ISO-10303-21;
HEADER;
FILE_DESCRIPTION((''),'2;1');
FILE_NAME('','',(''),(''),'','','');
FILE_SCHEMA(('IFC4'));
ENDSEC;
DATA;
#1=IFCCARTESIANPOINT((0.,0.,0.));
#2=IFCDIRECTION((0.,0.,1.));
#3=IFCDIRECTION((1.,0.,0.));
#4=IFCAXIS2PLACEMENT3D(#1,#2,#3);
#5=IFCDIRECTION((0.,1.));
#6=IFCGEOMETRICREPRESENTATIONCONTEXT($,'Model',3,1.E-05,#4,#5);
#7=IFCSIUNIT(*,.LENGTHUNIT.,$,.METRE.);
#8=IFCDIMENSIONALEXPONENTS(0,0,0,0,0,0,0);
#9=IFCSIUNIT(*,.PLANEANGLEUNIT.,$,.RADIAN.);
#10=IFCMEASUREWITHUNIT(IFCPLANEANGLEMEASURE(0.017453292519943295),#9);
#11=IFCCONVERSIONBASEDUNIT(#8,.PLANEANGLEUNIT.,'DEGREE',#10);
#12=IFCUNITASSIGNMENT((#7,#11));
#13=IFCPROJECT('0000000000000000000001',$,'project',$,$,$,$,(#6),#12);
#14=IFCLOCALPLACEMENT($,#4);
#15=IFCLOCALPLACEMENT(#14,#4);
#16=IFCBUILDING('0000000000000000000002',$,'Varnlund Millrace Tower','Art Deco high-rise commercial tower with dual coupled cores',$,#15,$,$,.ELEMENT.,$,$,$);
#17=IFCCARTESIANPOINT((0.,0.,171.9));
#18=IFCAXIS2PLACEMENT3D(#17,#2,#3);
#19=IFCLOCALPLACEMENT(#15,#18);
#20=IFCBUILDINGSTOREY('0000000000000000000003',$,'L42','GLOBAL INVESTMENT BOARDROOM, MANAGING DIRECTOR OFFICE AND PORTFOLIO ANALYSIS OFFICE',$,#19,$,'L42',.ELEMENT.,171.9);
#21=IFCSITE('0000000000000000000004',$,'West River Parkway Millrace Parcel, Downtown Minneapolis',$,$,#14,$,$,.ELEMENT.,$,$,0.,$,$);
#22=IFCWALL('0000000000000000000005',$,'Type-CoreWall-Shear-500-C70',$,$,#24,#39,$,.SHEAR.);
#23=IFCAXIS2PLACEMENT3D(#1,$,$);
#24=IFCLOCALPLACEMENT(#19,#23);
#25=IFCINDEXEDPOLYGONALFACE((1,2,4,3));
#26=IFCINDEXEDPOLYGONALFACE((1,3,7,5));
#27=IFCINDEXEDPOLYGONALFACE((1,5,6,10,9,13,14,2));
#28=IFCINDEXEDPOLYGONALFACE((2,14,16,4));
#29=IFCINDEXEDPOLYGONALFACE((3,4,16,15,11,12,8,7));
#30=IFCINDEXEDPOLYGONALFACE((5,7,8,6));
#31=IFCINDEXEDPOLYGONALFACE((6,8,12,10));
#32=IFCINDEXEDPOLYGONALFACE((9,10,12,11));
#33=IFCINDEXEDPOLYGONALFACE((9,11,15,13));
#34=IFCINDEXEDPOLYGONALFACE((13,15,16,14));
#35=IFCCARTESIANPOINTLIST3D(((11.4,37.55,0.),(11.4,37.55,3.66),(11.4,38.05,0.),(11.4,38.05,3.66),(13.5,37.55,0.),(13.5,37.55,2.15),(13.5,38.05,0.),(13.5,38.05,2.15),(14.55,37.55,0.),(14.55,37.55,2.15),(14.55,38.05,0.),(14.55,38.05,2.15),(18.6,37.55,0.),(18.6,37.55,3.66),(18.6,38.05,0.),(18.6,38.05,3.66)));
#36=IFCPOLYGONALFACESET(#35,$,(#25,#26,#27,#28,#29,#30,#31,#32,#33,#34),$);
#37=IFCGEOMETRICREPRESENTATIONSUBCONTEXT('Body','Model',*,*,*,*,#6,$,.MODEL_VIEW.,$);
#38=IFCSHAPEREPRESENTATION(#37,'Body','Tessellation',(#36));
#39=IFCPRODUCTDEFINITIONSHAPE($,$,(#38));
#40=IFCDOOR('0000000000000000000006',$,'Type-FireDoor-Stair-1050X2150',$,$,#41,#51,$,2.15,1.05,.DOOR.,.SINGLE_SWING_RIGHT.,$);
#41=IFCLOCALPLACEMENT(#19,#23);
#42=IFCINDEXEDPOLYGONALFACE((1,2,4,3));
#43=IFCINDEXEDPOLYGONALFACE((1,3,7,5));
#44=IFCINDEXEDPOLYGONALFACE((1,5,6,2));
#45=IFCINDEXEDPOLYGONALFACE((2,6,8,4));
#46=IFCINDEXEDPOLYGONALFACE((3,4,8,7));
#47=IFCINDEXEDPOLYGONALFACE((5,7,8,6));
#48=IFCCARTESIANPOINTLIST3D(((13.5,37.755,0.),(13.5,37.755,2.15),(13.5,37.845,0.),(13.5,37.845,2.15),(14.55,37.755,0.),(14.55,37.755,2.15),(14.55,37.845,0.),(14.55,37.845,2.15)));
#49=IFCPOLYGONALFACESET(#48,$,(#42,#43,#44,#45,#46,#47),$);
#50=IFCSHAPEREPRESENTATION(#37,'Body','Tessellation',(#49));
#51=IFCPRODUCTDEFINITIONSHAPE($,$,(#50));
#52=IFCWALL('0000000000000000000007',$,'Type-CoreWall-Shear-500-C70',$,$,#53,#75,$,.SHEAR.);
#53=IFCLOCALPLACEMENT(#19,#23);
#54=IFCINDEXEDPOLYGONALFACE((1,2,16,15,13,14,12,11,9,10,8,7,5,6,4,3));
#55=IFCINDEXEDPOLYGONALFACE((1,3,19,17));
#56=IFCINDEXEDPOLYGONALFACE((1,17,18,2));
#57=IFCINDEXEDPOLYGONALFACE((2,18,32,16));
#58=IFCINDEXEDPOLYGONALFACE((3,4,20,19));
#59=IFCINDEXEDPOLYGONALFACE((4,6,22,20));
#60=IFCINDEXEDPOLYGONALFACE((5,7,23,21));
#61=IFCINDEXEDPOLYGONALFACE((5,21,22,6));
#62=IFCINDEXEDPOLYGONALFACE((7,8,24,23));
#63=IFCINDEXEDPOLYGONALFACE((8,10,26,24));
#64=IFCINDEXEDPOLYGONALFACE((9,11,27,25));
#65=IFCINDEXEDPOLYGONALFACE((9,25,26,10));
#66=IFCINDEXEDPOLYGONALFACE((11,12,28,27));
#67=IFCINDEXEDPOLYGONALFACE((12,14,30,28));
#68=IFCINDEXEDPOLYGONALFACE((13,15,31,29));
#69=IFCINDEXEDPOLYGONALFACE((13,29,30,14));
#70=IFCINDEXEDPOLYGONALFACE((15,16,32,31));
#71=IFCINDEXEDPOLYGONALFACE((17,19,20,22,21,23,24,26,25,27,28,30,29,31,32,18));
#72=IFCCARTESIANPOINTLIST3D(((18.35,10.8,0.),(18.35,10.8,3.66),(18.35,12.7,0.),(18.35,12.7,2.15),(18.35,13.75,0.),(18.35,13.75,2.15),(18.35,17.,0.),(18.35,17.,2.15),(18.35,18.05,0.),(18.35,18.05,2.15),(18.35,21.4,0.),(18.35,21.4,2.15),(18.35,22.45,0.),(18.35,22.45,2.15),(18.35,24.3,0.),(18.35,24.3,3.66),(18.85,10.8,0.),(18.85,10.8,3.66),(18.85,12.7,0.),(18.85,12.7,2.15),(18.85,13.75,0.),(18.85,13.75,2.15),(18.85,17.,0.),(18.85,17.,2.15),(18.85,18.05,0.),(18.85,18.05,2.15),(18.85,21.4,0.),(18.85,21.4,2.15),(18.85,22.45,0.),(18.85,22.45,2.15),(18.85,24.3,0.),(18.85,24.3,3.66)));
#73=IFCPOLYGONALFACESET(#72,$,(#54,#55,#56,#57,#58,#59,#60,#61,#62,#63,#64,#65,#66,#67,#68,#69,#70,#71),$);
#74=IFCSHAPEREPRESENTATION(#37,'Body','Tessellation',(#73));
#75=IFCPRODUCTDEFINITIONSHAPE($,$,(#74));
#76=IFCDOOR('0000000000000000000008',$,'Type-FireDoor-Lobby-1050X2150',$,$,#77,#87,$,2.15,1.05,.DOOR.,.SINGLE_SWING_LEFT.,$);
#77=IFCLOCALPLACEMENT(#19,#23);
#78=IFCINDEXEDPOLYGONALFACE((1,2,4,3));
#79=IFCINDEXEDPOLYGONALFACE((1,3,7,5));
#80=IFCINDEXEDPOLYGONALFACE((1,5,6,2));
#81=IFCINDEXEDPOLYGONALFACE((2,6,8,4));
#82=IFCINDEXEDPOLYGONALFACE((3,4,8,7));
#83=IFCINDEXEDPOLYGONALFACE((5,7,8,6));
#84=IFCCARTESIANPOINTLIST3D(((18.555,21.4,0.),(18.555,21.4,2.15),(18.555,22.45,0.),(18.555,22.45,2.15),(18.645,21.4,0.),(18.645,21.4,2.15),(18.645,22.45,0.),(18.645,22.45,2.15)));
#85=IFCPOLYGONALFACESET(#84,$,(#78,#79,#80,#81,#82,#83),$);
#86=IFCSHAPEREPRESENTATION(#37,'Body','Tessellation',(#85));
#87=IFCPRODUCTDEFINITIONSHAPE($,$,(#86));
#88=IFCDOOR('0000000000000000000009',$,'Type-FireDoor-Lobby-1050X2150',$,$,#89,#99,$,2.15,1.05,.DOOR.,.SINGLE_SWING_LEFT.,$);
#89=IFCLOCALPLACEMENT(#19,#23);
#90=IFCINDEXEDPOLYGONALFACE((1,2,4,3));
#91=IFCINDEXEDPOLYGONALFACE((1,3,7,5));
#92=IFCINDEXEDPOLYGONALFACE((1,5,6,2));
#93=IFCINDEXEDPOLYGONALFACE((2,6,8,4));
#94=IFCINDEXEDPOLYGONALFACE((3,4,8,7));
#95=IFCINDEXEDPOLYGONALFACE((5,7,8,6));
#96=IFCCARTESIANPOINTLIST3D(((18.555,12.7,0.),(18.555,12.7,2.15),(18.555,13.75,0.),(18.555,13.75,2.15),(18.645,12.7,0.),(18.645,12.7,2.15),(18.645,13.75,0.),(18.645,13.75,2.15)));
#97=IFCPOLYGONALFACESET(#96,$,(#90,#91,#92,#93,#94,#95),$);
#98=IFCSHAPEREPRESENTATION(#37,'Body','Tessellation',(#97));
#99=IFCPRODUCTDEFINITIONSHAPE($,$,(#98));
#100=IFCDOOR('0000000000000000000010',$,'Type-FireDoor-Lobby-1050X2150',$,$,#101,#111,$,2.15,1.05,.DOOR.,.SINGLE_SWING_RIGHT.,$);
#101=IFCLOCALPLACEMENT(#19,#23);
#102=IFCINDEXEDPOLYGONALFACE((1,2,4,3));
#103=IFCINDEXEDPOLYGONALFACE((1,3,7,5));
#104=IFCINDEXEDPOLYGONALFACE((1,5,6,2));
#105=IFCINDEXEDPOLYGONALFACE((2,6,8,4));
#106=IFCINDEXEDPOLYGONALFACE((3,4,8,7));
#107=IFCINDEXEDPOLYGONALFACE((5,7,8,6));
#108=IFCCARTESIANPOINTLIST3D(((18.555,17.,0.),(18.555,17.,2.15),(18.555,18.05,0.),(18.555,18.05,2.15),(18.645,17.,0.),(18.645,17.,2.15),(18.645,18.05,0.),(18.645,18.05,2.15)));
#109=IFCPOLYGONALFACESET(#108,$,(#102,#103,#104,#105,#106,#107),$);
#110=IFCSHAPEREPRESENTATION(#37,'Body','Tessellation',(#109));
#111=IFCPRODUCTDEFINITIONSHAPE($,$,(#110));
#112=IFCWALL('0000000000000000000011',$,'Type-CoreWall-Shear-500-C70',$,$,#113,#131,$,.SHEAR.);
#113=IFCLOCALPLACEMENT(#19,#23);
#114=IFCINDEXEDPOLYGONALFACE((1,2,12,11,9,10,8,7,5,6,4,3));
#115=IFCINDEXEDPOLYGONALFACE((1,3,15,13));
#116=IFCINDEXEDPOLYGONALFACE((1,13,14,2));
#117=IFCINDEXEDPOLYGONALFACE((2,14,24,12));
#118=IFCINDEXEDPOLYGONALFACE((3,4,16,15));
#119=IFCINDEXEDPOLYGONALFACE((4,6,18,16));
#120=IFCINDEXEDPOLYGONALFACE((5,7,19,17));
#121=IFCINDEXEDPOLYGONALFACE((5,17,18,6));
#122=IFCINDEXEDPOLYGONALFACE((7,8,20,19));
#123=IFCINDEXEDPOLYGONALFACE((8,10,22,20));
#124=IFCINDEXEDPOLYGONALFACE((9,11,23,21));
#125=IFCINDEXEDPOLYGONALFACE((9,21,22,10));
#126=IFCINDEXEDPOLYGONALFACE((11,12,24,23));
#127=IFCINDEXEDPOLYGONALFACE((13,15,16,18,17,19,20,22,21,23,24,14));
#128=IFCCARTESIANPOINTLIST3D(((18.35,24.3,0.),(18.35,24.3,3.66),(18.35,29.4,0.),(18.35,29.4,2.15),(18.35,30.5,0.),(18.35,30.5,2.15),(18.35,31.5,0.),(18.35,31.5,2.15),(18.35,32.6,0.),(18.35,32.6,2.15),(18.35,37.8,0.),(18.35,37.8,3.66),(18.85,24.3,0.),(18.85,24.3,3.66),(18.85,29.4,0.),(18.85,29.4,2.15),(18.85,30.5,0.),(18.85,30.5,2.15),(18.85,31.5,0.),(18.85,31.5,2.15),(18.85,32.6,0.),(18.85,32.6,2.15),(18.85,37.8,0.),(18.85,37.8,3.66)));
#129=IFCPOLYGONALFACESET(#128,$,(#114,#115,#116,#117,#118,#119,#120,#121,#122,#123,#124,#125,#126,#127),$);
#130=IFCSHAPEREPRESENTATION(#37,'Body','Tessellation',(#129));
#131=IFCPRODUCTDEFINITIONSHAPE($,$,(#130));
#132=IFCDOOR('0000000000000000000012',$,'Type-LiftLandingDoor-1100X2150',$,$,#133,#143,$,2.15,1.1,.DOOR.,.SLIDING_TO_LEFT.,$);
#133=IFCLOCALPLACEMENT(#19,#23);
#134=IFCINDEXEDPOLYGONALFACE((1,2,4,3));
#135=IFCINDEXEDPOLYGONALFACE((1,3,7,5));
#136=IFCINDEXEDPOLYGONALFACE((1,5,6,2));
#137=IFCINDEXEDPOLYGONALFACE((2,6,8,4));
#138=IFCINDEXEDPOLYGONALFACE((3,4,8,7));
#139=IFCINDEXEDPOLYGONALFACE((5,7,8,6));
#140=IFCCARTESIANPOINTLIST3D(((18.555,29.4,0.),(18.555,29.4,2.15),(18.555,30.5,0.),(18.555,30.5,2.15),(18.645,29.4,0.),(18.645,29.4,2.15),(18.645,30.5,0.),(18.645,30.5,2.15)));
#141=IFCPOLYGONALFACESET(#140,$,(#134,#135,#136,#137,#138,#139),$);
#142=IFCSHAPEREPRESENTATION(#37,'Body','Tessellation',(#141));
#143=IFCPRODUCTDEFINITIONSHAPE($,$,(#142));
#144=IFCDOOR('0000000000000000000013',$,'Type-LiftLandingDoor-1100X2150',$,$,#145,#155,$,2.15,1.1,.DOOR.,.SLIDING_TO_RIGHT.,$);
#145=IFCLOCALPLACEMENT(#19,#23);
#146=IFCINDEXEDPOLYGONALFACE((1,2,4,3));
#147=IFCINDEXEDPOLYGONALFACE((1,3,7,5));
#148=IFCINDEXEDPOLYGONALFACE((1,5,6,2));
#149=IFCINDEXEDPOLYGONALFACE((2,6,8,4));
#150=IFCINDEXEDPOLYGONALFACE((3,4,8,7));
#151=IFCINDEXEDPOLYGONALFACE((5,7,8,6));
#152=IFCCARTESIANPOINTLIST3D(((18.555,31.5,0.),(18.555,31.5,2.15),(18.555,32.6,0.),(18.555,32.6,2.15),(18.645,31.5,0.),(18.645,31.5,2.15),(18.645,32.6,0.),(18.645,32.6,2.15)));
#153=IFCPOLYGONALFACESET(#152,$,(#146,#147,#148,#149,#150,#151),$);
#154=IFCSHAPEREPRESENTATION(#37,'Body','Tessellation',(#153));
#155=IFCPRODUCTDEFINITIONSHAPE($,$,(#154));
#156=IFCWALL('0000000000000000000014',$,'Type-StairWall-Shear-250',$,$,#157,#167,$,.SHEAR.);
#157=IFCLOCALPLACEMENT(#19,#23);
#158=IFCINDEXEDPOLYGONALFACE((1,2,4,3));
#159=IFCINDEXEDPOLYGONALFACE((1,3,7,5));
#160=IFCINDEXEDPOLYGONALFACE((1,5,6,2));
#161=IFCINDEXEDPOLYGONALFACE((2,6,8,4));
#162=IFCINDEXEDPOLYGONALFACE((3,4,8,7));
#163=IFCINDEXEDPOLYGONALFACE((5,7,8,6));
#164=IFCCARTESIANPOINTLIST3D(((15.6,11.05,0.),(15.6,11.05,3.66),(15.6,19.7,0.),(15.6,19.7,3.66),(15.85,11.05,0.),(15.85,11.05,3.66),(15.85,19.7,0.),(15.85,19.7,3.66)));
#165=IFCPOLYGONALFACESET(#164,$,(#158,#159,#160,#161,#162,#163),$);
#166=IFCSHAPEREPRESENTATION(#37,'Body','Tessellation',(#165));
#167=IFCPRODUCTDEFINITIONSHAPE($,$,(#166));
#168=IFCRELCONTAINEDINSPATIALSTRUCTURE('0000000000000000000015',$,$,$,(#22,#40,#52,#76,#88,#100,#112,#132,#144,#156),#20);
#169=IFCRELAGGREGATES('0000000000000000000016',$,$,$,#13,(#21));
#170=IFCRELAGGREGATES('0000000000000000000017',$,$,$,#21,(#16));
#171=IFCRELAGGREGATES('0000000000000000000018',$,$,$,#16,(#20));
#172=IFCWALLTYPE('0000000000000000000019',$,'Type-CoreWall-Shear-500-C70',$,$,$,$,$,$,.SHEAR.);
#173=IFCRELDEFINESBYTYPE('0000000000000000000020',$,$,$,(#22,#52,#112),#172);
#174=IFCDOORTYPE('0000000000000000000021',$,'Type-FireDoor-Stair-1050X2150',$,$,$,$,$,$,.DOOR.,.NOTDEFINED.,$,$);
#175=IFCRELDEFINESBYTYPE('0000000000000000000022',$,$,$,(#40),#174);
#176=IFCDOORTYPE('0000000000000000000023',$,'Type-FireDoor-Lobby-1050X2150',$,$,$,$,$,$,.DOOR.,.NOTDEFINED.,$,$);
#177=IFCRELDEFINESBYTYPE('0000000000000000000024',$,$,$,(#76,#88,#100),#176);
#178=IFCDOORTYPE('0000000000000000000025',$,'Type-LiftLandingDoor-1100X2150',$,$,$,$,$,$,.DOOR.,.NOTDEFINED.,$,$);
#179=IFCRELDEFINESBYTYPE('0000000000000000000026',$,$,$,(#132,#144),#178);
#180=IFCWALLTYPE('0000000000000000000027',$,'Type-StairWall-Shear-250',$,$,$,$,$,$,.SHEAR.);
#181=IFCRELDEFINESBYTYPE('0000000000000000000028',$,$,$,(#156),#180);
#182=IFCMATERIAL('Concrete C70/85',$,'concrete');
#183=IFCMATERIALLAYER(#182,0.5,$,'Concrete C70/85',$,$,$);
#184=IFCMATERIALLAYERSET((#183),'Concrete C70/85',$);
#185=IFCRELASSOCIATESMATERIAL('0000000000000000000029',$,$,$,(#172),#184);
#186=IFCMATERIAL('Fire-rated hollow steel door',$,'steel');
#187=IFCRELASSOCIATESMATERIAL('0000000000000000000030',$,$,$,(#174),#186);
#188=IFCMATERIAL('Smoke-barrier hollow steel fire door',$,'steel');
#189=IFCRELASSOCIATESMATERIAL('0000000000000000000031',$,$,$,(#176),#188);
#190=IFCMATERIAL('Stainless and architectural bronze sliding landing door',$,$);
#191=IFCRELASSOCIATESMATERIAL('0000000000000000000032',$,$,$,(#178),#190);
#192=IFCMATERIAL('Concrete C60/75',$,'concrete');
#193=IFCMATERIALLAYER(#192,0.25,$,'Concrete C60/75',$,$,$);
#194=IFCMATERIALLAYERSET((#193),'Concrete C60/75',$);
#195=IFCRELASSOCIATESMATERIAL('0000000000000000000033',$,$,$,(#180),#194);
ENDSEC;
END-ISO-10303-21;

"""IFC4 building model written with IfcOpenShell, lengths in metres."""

from ifc_helpers import new_model, entity, si_unit, converted_unit, direction, frame, origin_with_axes, origin_2d_with_axis, place, context, subcontext, project, spatial, polyline, rectangle, outline, extrude, material, layer, layer_set, type_object, element, fill, save


model = new_model("IFC4")

# Units and contexts
model_context = context("Model", 3, precision=1e-05, world=origin_with_axes(), true_north=direction((0.0, 1.0)))
body_context = subcontext(model_context, "Body", "Model", "MODEL_VIEW")
ifc_project = project(units=[si_unit("LENGTHUNIT", "METRE"), converted_unit("PLANEANGLEUNIT", "DEGREE", entity("IfcPlaneAngleMeasure", 0.017453292519943295), si_unit("PLANEANGLEUNIT", "RADIAN"), dimensions=[0, 0, 0, 0, 0, 0, 0])], contexts=[model_context])

# Site, building, storey
site_placement = place(None, origin_with_axes())
site = spatial("IfcSite", under=ifc_project, at=site_placement, Name="West River Parkway Millrace Parcel, Downtown Minneapolis", CompositionType="ELEMENT", RefElevation=0.0)
building_placement = place(site_placement, origin_with_axes())
building = spatial("IfcBuilding", under=site, at=building_placement, Name="Varnlund Millrace Tower", Description="Art Deco high-rise commercial tower with dual coupled cores", CompositionType="ELEMENT")
storey_placement = place(building_placement, frame((0.0, 0.0, 171.9), z_axis=(0.0, 0.0, 1.0), x_axis=(1.0, 0.0, 0.0)))
storey = spatial("IfcBuildingStorey", under=building, at=storey_placement, Name="L42", Description="GLOBAL INVESTMENT BOARDROOM, MANAGING DIRECTOR OFFICE AND PORTFOLIO ANALYSIS OFFICE", LongName="L42", CompositionType="ELEMENT", Elevation=171.9)

# Shared definitions
ifc_material_1 = material(Name="Concrete C60/75", Category="concrete")

# Shared definitions
ifc_material_2 = material(Name="Concrete C70/85", Category="concrete")
ifc_layer_1 = layer(ifc_material_2, 0.5, Name="Concrete C70/85")
ifc_layer_set_1 = layer_set([ifc_layer_1], Name="Concrete C70/85")
wall_type_1 = type_object("IfcWallType", Name="Type-CoreWall-Shear-500-C70", PredefinedType="SHEAR", material=ifc_layer_set_1)

# Wall, opening, door
ifc_material_3 = material(Name="Fire-rated hollow steel door", Category="steel")
door_type_1 = type_object("IfcDoorType", Name="Type-FireDoor-Stair-1050X2150", OperationType="NOTDEFINED", PredefinedType="DOOR", material=ifc_material_3)
wall_1_placement = place(storey_placement, frame((11.4, 37.8, 0.0), z_axis=(0.0, 0.0, 1.0), x_axis=(1.0, 0.0, 0.0)))
wall_1 = element("IfcWall", 1, at=wall_1_placement, inside=storey, type_object=wall_type_1, Name="Type-CoreWall-Shear-500-C70", PredefinedType="SHEAR", context=body_context, shape_type="SweptSolid", body=[
    extrude(outline(polyline([(0.0, -0.25), (7.2, -0.25), (7.2, 0.25), (0.0, 0.25), (0.0, -0.25)])), origin_with_axes(), (0.0, 0.0, 1.0), 3.66),
])
opening_1_placement = place(wall_1_placement, frame((2.625, 0.0, 0.0), z_axis=(0.0, 0.0, 1.0), x_axis=(1.0, 0.0, 0.0)))
opening_1 = element("IfcOpeningElement", 2, at=opening_1_placement, cuts=wall_1, PredefinedType="OPENING", context=body_context, shape_type="SweptSolid", body=[
    extrude(rectangle(XDim=1.05, YDim=0.52, at=origin_2d_with_axis()), origin_with_axes(), (0.0, 0.0, 1.0), 2.15),
])
door_1_placement = place(wall_1_placement, frame((2.625, 0.0, 0.0), z_axis=(0.0, 0.0, 1.0), x_axis=(1.0, 0.0, 0.0)))
door_1 = element("IfcDoor", 3, at=door_1_placement, inside=storey, type_object=door_type_1, Name="Type-FireDoor-Stair-1050X2150", OperationType="SINGLE_SWING_RIGHT", OverallHeight=2.15, OverallWidth=1.05, PredefinedType="DOOR", context=body_context, shape_type="SweptSolid", body=[
    extrude(rectangle(XDim=1.05, YDim=0.09, at=origin_2d_with_axis()), origin_with_axes(), (0.0, 0.0, 1.0), 2.15),
])
fill(opening_1, door_1)

# Walls, openings, doors
wall_2_placement = place(storey_placement, frame((18.6, 10.8, 0.0), z_axis=(0.0, 0.0, 1.0), x_axis=(0.0, 1.0, 0.0)))
wall_2 = element("IfcWall", 4, at=wall_2_placement, inside=storey, type_object=wall_type_1, Name="Type-CoreWall-Shear-500-C70", PredefinedType="SHEAR", context=body_context, shape_type="SweptSolid", body=[
    extrude(outline(polyline([(0.0, -0.25), (13.5, -0.25), (13.5, 0.25), (0.0, 0.25), (0.0, -0.25)])), origin_with_axes(), (0.0, 0.0, 1.0), 3.66),
])
opening_2_placement = place(wall_2_placement, frame((11.125, 0.0, 0.0), z_axis=(0.0, 0.0, 1.0), x_axis=(1.0, 0.0, 0.0)))
opening_2 = element("IfcOpeningElement", 5, at=opening_2_placement, cuts=wall_2, PredefinedType="OPENING", context=body_context, shape_type="SweptSolid", body=[
    extrude(rectangle(XDim=1.05, YDim=0.52, at=origin_2d_with_axis()), origin_with_axes(), (0.0, 0.0, 1.0), 2.15),
])
opening_3_placement = place(wall_2_placement, frame((2.425, 0.0, 0.0), z_axis=(0.0, 0.0, 1.0), x_axis=(1.0, 0.0, 0.0)))
opening_3 = element("IfcOpeningElement", 6, at=opening_3_placement, cuts=wall_2, PredefinedType="OPENING", context=body_context, shape_type="SweptSolid", body=[
    extrude(rectangle(XDim=1.05, YDim=0.52, at=origin_2d_with_axis()), origin_with_axes(), (0.0, 0.0, 1.0), 2.15),
])
opening_4_placement = place(wall_2_placement, frame((6.725, 0.0, 0.0), z_axis=(0.0, 0.0, 1.0), x_axis=(1.0, 0.0, 0.0)))
opening_4 = element("IfcOpeningElement", 7, at=opening_4_placement, cuts=wall_2, PredefinedType="OPENING", context=body_context, shape_type="SweptSolid", body=[
    extrude(rectangle(XDim=1.05, YDim=0.52, at=origin_2d_with_axis()), origin_with_axes(), (0.0, 0.0, 1.0), 2.15),
])
ifc_material_4 = material(Name="Smoke-barrier hollow steel fire door", Category="steel")
door_type_2 = type_object("IfcDoorType", Name="Type-FireDoor-Lobby-1050X2150", OperationType="NOTDEFINED", PredefinedType="DOOR", material=ifc_material_4)
door_2_placement = place(wall_2_placement, frame((11.125, 0.0, 0.0), z_axis=(0.0, 0.0, 1.0), x_axis=(1.0, 0.0, 0.0)))
door_2 = element("IfcDoor", 8, at=door_2_placement, inside=storey, type_object=door_type_2, Name="Type-FireDoor-Lobby-1050X2150", OperationType="SINGLE_SWING_LEFT", OverallHeight=2.15, OverallWidth=1.05, PredefinedType="DOOR", context=body_context, shape_type="SweptSolid", body=[
    extrude(rectangle(XDim=1.05, YDim=0.09, at=origin_2d_with_axis()), origin_with_axes(), (0.0, 0.0, 1.0), 2.15),
])
fill(opening_2, door_2)
door_3_placement = place(wall_2_placement, frame((2.425, 0.0, 0.0), z_axis=(0.0, 0.0, 1.0), x_axis=(1.0, 0.0, 0.0)))
door_3 = element("IfcDoor", 9, at=door_3_placement, inside=storey, type_object=door_type_2, Name="Type-FireDoor-Lobby-1050X2150", OperationType="SINGLE_SWING_LEFT", OverallHeight=2.15, OverallWidth=1.05, PredefinedType="DOOR", context=body_context, shape_type="SweptSolid", body=[
    extrude(rectangle(XDim=1.05, YDim=0.09, at=origin_2d_with_axis()), origin_with_axes(), (0.0, 0.0, 1.0), 2.15),
])
fill(opening_3, door_3)
door_4_placement = place(wall_2_placement, frame((6.725, 0.0, 0.0), z_axis=(0.0, 0.0, 1.0), x_axis=(1.0, 0.0, 0.0)))
door_4 = element("IfcDoor", 10, at=door_4_placement, inside=storey, type_object=door_type_2, Name="Type-FireDoor-Lobby-1050X2150", OperationType="SINGLE_SWING_RIGHT", OverallHeight=2.15, OverallWidth=1.05, PredefinedType="DOOR", context=body_context, shape_type="SweptSolid", body=[
    extrude(rectangle(XDim=1.05, YDim=0.09, at=origin_2d_with_axis()), origin_with_axes(), (0.0, 0.0, 1.0), 2.15),
])
fill(opening_4, door_4)
wall_3_placement = place(storey_placement, frame((18.6, 24.3, 0.0), z_axis=(0.0, 0.0, 1.0), x_axis=(0.0, 1.0, 0.0)))
wall_3 = element("IfcWall", 11, at=wall_3_placement, inside=storey, type_object=wall_type_1, Name="Type-CoreWall-Shear-500-C70", PredefinedType="SHEAR", context=body_context, shape_type="SweptSolid", body=[
    extrude(outline(polyline([(0.0, -0.25), (13.5, -0.25), (13.5, 0.25), (0.0, 0.25), (0.0, -0.25)])), origin_with_axes(), (0.0, 0.0, 1.0), 3.66),
])
opening_5_placement = place(wall_3_placement, frame((5.65, 0.0, 0.0), z_axis=(0.0, 0.0, 1.0), x_axis=(1.0, 0.0, 0.0)))
opening_5 = element("IfcOpeningElement", 12, at=opening_5_placement, cuts=wall_3, PredefinedType="OPENING", context=body_context, shape_type="SweptSolid", body=[
    extrude(rectangle(XDim=1.1, YDim=0.52, at=origin_2d_with_axis()), origin_with_axes(), (0.0, 0.0, 1.0), 2.15),
])
opening_6_placement = place(wall_3_placement, frame((7.75, 0.0, 0.0), z_axis=(0.0, 0.0, 1.0), x_axis=(1.0, 0.0, 0.0)))
opening_6 = element("IfcOpeningElement", 13, at=opening_6_placement, cuts=wall_3, PredefinedType="OPENING", context=body_context, shape_type="SweptSolid", body=[
    extrude(rectangle(XDim=1.1, YDim=0.52, at=origin_2d_with_axis()), origin_with_axes(), (0.0, 0.0, 1.0), 2.15),
])
ifc_material_5 = material(Name="Stainless and architectural bronze sliding landing door")
door_type_3 = type_object("IfcDoorType", Name="Type-LiftLandingDoor-1100X2150", OperationType="NOTDEFINED", PredefinedType="DOOR", material=ifc_material_5)
door_5_placement = place(wall_3_placement, frame((5.65, 0.0, 0.0), z_axis=(0.0, 0.0, 1.0), x_axis=(1.0, 0.0, 0.0)))
door_5 = element("IfcDoor", 14, at=door_5_placement, inside=storey, type_object=door_type_3, Name="Type-LiftLandingDoor-1100X2150", OperationType="SLIDING_TO_LEFT", OverallHeight=2.15, OverallWidth=1.1, PredefinedType="DOOR", context=body_context, shape_type="SweptSolid", body=[
    extrude(rectangle(XDim=1.1, YDim=0.09, at=origin_2d_with_axis()), origin_with_axes(), (0.0, 0.0, 1.0), 2.15),
])
fill(opening_5, door_5)
door_6_placement = place(wall_3_placement, frame((7.75, 0.0, 0.0), z_axis=(0.0, 0.0, 1.0), x_axis=(1.0, 0.0, 0.0)))
door_6 = element("IfcDoor", 15, at=door_6_placement, inside=storey, type_object=door_type_3, Name="Type-LiftLandingDoor-1100X2150", OperationType="SLIDING_TO_RIGHT", OverallHeight=2.15, OverallWidth=1.1, PredefinedType="DOOR", context=body_context, shape_type="SweptSolid", body=[
    extrude(rectangle(XDim=1.1, YDim=0.09, at=origin_2d_with_axis()), origin_with_axes(), (0.0, 0.0, 1.0), 2.15),
])
fill(opening_6, door_6)

# Wall
ifc_layer_2 = layer(ifc_material_1, 0.25, Name="Concrete C60/75")
ifc_layer_set_2 = layer_set([ifc_layer_2], Name="Concrete C60/75")
wall_type_2 = type_object("IfcWallType", Name="Type-StairWall-Shear-250", PredefinedType="SHEAR", material=ifc_layer_set_2)
wall_4_placement = place(storey_placement, frame((15.725, 11.05, 0.0), z_axis=(0.0, 0.0, 1.0), x_axis=(0.0, 1.0, 0.0)))
element("IfcWall", 16, at=wall_4_placement, inside=storey, type_object=wall_type_2, Name="Type-StairWall-Shear-250", PredefinedType="SHEAR", context=body_context, shape_type="SweptSolid", body=[
    extrude(outline(polyline([(0.0, -0.125), (8.65, -0.125), (8.65, 0.125), (0.0, 0.125), (0.0, -0.125)])), origin_with_axes(), (0.0, 0.0, 1.0), 3.66),
])

save(model, "model.ifc")
